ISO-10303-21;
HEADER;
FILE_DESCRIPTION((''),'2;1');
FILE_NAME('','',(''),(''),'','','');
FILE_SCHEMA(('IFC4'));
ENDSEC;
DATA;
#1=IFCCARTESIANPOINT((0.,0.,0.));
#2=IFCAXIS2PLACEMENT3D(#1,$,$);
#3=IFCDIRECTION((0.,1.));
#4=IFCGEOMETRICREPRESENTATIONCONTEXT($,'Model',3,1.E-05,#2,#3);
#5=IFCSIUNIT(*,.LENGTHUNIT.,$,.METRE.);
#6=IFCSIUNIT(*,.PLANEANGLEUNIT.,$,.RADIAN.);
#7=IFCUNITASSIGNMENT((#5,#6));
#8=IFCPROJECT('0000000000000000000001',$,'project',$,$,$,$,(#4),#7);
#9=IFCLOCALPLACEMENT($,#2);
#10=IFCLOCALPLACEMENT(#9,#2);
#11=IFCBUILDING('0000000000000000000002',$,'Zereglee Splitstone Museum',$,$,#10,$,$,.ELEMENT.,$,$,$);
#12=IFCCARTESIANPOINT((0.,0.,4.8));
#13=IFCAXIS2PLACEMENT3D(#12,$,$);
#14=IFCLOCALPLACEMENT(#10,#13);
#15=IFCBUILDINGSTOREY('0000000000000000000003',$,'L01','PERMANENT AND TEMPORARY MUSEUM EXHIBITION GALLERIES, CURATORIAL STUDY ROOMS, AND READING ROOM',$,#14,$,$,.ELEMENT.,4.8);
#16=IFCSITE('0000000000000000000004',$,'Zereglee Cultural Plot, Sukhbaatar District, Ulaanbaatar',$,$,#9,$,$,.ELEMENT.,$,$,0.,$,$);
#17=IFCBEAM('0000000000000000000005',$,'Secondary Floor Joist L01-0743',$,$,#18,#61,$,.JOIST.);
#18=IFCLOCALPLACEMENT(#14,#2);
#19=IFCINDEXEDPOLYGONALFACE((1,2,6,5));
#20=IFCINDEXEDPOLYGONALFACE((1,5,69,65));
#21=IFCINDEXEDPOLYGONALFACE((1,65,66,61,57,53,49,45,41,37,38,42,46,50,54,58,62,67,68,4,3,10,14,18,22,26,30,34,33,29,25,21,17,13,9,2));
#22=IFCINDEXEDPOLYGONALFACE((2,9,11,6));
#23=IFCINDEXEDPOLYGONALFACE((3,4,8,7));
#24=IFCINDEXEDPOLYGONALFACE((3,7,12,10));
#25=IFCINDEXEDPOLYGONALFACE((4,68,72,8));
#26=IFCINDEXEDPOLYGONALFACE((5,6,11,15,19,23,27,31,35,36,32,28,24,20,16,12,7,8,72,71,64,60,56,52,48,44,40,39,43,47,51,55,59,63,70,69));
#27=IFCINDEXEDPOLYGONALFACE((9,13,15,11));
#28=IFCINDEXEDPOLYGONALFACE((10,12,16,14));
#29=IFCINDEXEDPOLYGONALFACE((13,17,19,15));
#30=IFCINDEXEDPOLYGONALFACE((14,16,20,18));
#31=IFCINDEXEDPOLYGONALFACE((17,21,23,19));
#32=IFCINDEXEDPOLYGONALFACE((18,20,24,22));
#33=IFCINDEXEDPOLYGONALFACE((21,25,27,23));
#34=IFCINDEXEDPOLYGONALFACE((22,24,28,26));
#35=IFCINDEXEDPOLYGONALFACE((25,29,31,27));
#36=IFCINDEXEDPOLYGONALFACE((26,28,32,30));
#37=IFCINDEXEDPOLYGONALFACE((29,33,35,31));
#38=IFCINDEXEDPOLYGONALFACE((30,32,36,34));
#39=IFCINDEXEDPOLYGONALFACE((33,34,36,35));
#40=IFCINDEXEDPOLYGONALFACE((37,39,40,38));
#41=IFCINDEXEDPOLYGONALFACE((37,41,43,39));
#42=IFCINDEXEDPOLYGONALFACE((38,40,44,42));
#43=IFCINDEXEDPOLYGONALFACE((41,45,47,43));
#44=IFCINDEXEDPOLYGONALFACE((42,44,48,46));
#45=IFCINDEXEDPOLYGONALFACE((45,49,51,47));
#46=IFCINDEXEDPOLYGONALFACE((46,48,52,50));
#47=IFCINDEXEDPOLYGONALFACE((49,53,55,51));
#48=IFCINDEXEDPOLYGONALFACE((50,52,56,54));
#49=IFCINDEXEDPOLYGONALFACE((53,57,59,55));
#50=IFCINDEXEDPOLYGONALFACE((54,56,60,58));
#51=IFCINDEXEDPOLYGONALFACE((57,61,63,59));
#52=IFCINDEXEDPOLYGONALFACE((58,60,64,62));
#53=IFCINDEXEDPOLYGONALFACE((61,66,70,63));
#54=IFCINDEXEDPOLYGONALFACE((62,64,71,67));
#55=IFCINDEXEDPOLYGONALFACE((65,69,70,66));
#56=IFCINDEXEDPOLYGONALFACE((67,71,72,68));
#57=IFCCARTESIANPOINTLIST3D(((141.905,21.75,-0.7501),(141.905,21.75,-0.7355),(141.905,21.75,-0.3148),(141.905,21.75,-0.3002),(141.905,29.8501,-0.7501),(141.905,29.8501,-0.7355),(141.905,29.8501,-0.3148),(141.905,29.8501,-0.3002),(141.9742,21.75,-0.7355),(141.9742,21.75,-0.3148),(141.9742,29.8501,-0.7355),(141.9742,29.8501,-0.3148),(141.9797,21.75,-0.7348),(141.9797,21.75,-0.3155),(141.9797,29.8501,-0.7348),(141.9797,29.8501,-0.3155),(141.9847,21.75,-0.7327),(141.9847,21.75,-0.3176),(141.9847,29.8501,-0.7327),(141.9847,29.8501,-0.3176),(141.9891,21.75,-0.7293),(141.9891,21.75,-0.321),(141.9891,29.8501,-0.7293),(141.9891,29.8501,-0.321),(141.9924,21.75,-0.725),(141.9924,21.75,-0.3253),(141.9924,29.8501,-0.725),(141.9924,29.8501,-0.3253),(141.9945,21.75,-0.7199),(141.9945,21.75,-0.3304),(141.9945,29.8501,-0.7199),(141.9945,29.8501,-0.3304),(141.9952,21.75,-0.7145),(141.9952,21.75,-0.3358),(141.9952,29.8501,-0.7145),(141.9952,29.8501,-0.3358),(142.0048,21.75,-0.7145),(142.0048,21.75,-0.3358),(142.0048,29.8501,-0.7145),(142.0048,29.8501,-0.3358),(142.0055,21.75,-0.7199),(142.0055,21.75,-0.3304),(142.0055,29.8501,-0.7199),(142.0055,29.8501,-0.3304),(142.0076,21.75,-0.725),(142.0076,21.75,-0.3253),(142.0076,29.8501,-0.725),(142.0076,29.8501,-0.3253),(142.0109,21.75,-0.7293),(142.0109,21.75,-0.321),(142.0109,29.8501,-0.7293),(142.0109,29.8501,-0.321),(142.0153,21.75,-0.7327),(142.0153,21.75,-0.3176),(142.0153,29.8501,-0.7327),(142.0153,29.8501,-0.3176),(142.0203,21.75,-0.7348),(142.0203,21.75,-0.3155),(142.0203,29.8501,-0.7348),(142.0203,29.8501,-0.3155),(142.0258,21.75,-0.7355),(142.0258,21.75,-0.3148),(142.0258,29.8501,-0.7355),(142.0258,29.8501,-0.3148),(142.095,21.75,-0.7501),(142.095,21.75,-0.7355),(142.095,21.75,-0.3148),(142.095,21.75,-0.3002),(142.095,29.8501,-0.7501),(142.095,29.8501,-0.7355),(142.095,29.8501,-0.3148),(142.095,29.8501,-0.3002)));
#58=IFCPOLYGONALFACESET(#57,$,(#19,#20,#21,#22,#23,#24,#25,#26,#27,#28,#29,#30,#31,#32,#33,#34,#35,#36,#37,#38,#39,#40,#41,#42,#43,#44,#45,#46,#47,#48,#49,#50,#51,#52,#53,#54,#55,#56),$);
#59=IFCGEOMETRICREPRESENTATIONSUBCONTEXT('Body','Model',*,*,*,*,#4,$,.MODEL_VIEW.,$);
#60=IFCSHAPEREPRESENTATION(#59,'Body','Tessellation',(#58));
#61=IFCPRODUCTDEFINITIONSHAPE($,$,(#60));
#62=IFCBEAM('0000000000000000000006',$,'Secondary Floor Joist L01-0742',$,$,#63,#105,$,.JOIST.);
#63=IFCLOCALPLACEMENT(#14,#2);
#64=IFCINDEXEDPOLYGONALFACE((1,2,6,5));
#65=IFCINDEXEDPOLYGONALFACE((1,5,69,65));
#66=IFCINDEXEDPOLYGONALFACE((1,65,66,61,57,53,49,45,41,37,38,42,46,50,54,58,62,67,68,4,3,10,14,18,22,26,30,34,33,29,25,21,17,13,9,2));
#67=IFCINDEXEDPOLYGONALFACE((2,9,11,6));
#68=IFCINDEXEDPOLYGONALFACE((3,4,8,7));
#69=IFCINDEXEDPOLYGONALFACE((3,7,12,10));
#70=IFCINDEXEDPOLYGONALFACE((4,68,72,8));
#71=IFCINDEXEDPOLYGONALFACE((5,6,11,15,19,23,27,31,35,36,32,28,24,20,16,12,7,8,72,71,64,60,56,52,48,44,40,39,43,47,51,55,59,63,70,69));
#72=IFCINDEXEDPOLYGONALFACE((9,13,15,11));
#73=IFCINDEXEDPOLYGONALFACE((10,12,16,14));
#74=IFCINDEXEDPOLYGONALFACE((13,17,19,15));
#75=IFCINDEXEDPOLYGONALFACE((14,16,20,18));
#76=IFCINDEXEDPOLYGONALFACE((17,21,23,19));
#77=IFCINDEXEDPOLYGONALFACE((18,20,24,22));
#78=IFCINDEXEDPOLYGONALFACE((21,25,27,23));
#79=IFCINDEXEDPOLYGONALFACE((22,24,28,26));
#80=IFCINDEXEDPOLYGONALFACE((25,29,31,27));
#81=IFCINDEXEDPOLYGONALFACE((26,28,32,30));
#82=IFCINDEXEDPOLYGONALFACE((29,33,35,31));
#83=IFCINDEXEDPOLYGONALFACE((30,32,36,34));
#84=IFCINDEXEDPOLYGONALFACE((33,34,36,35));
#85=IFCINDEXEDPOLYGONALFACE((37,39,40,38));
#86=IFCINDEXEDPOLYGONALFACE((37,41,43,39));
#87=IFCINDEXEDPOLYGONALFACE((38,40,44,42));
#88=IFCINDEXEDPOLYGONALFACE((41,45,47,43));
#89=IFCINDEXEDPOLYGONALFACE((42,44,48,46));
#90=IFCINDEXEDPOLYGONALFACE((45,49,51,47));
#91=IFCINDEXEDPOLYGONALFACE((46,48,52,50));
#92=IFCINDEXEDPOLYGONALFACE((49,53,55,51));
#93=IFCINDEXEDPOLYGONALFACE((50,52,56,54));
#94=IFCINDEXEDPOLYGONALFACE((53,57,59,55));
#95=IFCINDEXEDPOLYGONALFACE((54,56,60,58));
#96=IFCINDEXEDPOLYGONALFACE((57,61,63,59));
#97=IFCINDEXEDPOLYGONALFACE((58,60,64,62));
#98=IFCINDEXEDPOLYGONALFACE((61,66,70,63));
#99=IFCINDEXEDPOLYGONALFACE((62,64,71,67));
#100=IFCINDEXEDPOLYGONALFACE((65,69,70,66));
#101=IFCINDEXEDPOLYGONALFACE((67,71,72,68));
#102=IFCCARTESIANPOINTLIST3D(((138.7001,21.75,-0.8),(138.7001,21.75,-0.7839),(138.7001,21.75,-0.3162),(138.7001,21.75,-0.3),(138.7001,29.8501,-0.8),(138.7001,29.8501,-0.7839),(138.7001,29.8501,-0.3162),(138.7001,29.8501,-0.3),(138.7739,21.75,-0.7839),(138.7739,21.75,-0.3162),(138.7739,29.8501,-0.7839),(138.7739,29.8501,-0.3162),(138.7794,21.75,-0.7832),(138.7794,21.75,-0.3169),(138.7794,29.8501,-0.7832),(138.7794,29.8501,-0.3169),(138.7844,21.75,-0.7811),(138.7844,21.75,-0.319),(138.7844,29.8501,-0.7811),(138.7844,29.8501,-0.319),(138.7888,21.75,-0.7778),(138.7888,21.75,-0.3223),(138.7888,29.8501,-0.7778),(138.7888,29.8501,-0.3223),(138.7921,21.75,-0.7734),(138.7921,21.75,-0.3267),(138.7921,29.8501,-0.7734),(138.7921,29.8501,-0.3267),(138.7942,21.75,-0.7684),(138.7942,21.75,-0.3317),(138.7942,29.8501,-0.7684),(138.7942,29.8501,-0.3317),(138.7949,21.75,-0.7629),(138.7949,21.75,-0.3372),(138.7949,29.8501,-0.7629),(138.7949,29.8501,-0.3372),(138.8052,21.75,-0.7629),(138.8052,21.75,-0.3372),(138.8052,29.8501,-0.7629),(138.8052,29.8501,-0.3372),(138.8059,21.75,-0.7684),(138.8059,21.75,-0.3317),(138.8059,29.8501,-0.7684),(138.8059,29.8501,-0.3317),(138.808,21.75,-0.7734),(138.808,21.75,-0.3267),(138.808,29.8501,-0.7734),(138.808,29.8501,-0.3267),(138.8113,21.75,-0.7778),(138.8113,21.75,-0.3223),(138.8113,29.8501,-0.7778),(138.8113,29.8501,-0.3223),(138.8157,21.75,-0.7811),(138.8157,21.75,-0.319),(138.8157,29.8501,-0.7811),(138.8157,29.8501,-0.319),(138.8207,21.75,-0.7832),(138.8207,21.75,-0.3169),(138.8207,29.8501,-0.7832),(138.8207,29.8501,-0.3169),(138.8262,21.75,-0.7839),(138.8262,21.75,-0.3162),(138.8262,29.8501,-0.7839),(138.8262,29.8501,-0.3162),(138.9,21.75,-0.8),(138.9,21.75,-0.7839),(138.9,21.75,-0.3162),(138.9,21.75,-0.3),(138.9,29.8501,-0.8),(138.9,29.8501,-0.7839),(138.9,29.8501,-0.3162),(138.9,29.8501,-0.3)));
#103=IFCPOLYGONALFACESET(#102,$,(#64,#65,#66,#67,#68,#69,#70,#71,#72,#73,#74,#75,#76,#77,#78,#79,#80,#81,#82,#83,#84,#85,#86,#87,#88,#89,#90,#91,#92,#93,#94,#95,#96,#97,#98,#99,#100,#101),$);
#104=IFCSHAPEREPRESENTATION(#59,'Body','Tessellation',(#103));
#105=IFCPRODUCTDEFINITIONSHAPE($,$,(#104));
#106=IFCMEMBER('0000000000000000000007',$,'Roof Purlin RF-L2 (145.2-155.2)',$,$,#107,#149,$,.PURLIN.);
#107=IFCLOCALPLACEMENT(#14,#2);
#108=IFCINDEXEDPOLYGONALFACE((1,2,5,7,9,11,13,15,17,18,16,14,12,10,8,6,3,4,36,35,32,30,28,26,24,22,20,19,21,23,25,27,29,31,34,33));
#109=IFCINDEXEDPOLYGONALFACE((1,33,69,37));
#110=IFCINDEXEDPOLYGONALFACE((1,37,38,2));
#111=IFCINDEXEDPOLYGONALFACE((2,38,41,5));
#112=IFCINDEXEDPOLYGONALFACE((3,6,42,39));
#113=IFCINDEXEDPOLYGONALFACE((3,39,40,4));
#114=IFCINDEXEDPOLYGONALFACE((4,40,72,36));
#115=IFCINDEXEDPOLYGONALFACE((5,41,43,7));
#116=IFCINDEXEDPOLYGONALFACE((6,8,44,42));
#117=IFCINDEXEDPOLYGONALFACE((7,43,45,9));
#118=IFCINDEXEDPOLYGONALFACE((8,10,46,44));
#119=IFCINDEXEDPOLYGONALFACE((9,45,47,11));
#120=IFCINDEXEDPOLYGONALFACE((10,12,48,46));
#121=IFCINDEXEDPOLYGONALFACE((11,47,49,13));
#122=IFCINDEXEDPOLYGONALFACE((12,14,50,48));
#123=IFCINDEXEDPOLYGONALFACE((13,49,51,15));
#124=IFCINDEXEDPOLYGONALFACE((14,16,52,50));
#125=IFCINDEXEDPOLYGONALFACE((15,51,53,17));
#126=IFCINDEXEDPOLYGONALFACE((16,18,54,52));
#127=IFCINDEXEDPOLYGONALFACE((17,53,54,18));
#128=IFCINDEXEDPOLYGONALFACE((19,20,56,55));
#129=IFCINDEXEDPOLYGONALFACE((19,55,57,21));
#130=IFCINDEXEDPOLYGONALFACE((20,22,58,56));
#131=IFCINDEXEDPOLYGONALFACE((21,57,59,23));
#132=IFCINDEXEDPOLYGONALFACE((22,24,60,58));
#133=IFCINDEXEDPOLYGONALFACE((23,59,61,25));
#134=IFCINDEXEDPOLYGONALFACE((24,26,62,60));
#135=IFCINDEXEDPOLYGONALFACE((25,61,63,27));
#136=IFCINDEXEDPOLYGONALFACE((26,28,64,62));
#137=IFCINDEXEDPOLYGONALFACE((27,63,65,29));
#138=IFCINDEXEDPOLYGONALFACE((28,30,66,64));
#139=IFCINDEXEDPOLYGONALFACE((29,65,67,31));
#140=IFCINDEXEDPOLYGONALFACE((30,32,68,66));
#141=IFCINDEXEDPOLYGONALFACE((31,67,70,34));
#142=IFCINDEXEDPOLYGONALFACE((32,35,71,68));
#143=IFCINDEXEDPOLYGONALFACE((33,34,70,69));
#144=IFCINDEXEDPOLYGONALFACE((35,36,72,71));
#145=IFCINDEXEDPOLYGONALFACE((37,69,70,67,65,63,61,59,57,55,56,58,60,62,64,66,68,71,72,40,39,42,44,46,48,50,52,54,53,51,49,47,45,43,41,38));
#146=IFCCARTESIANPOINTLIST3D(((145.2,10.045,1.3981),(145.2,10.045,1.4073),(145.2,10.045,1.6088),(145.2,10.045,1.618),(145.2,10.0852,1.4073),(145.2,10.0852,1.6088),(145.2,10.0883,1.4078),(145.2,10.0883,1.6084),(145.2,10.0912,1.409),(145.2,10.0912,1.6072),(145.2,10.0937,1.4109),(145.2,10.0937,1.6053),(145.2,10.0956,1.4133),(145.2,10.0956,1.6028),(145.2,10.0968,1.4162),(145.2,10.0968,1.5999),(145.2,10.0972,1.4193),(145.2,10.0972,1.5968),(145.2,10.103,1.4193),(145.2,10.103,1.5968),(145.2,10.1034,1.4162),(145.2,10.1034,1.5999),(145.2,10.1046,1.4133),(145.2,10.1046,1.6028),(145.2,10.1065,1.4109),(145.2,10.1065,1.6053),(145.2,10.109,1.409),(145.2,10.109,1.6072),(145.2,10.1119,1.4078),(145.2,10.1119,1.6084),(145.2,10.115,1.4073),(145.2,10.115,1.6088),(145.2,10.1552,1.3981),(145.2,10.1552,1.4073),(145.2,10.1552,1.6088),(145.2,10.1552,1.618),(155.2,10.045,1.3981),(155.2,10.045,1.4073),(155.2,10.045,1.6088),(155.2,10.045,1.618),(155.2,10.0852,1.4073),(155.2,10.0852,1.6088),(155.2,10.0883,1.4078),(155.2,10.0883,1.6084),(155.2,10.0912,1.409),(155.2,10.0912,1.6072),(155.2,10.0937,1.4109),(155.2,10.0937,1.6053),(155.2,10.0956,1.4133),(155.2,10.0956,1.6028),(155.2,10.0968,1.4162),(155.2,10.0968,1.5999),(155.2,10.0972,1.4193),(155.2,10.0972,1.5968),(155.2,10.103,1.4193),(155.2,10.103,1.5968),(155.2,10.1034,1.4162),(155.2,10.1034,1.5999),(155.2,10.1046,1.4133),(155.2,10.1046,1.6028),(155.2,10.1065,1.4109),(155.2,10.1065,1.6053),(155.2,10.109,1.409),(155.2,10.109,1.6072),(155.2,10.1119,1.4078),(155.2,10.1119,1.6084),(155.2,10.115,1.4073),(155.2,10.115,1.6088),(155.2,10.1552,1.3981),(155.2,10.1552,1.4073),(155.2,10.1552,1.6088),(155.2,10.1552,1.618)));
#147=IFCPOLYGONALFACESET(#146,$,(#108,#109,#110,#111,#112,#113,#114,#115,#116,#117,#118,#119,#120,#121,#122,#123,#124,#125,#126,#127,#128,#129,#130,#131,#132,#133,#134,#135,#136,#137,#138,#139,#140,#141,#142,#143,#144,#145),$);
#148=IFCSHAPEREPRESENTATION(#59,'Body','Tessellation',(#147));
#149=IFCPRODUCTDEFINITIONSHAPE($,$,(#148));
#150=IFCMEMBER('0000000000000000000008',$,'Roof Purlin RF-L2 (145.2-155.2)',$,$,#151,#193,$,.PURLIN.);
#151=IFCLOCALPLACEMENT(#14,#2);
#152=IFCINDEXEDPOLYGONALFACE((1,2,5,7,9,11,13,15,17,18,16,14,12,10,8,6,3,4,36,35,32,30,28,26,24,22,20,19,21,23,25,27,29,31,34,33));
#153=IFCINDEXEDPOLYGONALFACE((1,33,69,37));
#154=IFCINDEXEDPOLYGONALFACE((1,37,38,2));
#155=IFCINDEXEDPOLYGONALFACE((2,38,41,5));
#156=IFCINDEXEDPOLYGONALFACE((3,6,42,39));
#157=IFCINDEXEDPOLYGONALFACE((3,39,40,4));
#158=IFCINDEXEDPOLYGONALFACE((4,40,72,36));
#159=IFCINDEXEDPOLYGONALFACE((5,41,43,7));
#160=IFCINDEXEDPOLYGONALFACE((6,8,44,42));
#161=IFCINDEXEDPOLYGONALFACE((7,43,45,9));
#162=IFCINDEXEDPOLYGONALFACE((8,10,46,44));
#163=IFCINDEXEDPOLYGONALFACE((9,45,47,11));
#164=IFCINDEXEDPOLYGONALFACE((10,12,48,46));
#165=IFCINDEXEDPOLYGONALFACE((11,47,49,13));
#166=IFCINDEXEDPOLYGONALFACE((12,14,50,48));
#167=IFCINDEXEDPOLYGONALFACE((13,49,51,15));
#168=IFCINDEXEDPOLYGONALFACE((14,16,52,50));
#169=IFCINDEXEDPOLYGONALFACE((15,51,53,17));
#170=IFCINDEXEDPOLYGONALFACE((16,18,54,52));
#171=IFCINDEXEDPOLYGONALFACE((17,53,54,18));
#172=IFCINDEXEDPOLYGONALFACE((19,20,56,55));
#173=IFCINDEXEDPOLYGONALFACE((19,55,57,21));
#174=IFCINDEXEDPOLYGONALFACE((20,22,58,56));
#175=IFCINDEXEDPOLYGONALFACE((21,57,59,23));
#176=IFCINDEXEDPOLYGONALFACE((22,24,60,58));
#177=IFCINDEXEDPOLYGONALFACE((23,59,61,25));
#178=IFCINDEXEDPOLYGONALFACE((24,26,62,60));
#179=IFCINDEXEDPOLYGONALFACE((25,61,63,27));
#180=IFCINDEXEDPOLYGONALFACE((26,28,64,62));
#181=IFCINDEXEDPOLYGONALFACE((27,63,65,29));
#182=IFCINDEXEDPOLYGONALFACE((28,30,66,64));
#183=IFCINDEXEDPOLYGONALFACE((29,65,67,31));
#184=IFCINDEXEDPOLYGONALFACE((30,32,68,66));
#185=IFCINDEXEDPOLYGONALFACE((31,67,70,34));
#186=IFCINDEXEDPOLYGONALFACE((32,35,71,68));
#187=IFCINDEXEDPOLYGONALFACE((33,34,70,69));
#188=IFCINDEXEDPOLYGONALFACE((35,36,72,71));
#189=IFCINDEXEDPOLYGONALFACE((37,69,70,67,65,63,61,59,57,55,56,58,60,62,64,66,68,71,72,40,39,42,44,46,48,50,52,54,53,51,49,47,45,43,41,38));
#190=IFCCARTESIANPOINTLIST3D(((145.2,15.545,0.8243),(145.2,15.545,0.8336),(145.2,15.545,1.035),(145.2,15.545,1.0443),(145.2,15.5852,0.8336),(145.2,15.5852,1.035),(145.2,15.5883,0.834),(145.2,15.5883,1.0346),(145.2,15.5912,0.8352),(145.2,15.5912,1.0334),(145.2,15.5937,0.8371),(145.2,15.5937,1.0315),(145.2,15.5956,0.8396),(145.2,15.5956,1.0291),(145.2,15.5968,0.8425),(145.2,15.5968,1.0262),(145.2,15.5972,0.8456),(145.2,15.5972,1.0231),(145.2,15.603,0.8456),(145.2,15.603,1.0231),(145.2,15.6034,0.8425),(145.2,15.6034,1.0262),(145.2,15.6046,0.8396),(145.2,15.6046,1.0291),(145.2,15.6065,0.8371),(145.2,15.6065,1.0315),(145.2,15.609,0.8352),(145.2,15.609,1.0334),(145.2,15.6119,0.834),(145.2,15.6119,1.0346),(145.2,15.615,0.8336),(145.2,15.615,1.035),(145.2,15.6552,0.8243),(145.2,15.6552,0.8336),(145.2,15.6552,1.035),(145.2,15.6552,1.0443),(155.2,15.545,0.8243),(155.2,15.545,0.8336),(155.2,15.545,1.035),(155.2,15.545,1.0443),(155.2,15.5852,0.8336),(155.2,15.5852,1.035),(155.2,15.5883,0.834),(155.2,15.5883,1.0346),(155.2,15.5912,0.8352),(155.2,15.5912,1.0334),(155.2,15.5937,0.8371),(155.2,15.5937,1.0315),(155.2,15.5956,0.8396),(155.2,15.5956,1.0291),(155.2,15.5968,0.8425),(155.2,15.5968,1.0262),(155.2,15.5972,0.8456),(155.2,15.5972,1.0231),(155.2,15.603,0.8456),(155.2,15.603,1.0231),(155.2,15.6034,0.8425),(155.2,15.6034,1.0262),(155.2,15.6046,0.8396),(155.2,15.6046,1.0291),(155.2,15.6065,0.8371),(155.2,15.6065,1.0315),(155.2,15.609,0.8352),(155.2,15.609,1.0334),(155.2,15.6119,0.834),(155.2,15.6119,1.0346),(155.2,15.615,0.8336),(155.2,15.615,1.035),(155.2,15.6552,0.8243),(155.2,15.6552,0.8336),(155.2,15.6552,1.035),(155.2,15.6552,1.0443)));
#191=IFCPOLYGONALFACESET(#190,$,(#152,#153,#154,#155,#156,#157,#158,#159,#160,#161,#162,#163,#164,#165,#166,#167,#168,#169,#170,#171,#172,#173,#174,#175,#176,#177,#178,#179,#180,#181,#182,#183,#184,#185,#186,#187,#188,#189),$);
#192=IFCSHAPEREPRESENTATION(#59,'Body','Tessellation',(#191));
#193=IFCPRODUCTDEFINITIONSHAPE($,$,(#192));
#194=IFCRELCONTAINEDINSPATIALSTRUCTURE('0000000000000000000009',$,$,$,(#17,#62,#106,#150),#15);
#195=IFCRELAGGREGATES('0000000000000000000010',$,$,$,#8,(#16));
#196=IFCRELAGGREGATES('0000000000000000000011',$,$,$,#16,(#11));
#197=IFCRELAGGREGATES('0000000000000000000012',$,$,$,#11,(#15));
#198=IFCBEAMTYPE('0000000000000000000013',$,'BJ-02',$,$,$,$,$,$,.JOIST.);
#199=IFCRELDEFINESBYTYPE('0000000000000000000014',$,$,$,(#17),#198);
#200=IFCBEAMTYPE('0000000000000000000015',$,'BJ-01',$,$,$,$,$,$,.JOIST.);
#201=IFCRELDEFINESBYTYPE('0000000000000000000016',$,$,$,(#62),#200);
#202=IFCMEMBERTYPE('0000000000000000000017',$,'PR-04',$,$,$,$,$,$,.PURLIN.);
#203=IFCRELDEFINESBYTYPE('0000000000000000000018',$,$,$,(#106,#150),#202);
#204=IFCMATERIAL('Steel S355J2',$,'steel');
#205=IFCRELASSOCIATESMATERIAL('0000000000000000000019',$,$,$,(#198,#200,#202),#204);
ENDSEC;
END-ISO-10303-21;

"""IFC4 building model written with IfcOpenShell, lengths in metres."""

from ifc_helpers import new_model, si_unit, direction, frame, origin, origin_2d, place, context, subcontext, project, spatial, i_section, extrude, material, material_profile, profile_set, type_object, element, save


model = new_model("IFC4")

# Units and contexts
model_context = context("Model", 3, precision=1e-05, world=origin(), true_north=direction((0.0, 1.0)))
body_context = subcontext(model_context, "Body", "Model", "MODEL_VIEW")
ifc_project = project(units=[si_unit("LENGTHUNIT", "METRE"), si_unit("PLANEANGLEUNIT", "RADIAN")], contexts=[model_context])

# Site, building, storey
site_placement = place(None, origin())
site = spatial("IfcSite", under=ifc_project, at=site_placement, Name="Zereglee Cultural Plot, Sukhbaatar District, Ulaanbaatar", CompositionType="ELEMENT", RefElevation=0.0)
building_placement = place(site_placement, origin())
building = spatial("IfcBuilding", under=site, at=building_placement, Name="Zereglee Splitstone Museum", CompositionType="ELEMENT")
storey_placement = place(building_placement, frame((0.0, 0.0, 4.8)))
storey = spatial("IfcBuildingStorey", under=building, at=storey_placement, Name="L01", Description="PERMANENT AND TEMPORARY MUSEUM EXHIBITION GALLERIES, CURATORIAL STUDY ROOMS, AND READING ROOM", CompositionType="ELEMENT", Elevation=4.8)

# Shared definitions
ifc_material_1 = material(Name="Steel S355J2", Category="steel")

# Beams
ifc_material_profile_1 = material_profile(ifc_material_1, i_section(OverallWidth=0.1899, OverallDepth=0.45, WebThickness=0.0095, FlangeThickness=0.0146, FilletRadius=0.021, at=origin_2d()), Name="IPE 450")
ifc_profile_set_1 = profile_set([ifc_material_profile_1], Name="Steel S355J2")
beam_type_1 = type_object("IfcBeamType", Name="BJ-02", PredefinedType="JOIST", material=ifc_profile_set_1)
beam_1_placement = place(storey_placement, frame((142.0, 21.75, -0.5251), z_axis=(0.0, 1.0, 0.0), x_axis=(-1.0, 0.0, 0.0)))
element("IfcBeam", 1, at=beam_1_placement, inside=storey, type_object=beam_type_1, Name="Secondary Floor Joist L01-0743", PredefinedType="JOIST", context=body_context, shape_type="SweptSolid", body=[
    extrude(i_section(OverallWidth=0.1899, OverallDepth=0.45, WebThickness=0.0095, FlangeThickness=0.0146, FilletRadius=0.021, at=origin_2d()), origin(), (0.0, 0.0, 1.0), 8.1001),
])
ifc_material_profile_2 = material_profile(ifc_material_1, i_section(OverallWidth=0.2, OverallDepth=0.5, WebThickness=0.0103, FlangeThickness=0.0161, FilletRadius=0.021, at=origin_2d()), Name="IPE 500")
ifc_profile_set_2 = profile_set([ifc_material_profile_2], Name="Steel S355J2")
beam_type_2 = type_object("IfcBeamType", Name="BJ-01", PredefinedType="JOIST", material=ifc_profile_set_2)
beam_2_placement = place(storey_placement, frame((138.8, 21.75, -0.55), z_axis=(0.0, 1.0, 0.0), x_axis=(-1.0, 0.0, 0.0)))
element("IfcBeam", 2, at=beam_2_placement, inside=storey, type_object=beam_type_2, Name="Secondary Floor Joist L01-0742", PredefinedType="JOIST", context=body_context, shape_type="SweptSolid", body=[
    extrude(i_section(OverallWidth=0.2, OverallDepth=0.5, WebThickness=0.0103, FlangeThickness=0.0161, FilletRadius=0.021, at=origin_2d()), origin(), (0.0, 0.0, 1.0), 8.1001),
])

# Members
ifc_material_profile_3 = material_profile(ifc_material_1, i_section(OverallWidth=0.1101, OverallDepth=0.22, WebThickness=0.0059, FlangeThickness=0.0093, FilletRadius=0.012, at=origin_2d()), Name="IPE 220")
ifc_profile_set_3 = profile_set([ifc_material_profile_3], Name="Steel S355J2")
member_type_1 = type_object("IfcMemberType", Name="PR-04", PredefinedType="PURLIN", material=ifc_profile_set_3)
for number, where, z_axis, x_axis, name in (
    (3, (145.2, 10.1001, 1.5081), (1.0, 0.0, 0.0), (0.0, 1.0, 0.0), "Roof Purlin RF-L2 (145.2-155.2)"),
    (4, (145.2, 15.6001, 0.9343), (1.0, 0.0, 0.0), (0.0, 1.0, 0.0), "Roof Purlin RF-L2 (145.2-155.2)"),
):
    element("IfcMember", number, at=place(storey_placement, frame(where, z_axis=z_axis, x_axis=x_axis)), inside=storey, type_object=member_type_1, Name=name, PredefinedType="PURLIN", context=body_context, shape_type="SweptSolid", body=[
        extrude(i_section(OverallWidth=0.1101, OverallDepth=0.22, WebThickness=0.0059, FlangeThickness=0.0093, FilletRadius=0.012, at=origin_2d()), origin(), (0.0, 0.0, 1.0), 10.0),
    ])

save(model, "model.ifc")
